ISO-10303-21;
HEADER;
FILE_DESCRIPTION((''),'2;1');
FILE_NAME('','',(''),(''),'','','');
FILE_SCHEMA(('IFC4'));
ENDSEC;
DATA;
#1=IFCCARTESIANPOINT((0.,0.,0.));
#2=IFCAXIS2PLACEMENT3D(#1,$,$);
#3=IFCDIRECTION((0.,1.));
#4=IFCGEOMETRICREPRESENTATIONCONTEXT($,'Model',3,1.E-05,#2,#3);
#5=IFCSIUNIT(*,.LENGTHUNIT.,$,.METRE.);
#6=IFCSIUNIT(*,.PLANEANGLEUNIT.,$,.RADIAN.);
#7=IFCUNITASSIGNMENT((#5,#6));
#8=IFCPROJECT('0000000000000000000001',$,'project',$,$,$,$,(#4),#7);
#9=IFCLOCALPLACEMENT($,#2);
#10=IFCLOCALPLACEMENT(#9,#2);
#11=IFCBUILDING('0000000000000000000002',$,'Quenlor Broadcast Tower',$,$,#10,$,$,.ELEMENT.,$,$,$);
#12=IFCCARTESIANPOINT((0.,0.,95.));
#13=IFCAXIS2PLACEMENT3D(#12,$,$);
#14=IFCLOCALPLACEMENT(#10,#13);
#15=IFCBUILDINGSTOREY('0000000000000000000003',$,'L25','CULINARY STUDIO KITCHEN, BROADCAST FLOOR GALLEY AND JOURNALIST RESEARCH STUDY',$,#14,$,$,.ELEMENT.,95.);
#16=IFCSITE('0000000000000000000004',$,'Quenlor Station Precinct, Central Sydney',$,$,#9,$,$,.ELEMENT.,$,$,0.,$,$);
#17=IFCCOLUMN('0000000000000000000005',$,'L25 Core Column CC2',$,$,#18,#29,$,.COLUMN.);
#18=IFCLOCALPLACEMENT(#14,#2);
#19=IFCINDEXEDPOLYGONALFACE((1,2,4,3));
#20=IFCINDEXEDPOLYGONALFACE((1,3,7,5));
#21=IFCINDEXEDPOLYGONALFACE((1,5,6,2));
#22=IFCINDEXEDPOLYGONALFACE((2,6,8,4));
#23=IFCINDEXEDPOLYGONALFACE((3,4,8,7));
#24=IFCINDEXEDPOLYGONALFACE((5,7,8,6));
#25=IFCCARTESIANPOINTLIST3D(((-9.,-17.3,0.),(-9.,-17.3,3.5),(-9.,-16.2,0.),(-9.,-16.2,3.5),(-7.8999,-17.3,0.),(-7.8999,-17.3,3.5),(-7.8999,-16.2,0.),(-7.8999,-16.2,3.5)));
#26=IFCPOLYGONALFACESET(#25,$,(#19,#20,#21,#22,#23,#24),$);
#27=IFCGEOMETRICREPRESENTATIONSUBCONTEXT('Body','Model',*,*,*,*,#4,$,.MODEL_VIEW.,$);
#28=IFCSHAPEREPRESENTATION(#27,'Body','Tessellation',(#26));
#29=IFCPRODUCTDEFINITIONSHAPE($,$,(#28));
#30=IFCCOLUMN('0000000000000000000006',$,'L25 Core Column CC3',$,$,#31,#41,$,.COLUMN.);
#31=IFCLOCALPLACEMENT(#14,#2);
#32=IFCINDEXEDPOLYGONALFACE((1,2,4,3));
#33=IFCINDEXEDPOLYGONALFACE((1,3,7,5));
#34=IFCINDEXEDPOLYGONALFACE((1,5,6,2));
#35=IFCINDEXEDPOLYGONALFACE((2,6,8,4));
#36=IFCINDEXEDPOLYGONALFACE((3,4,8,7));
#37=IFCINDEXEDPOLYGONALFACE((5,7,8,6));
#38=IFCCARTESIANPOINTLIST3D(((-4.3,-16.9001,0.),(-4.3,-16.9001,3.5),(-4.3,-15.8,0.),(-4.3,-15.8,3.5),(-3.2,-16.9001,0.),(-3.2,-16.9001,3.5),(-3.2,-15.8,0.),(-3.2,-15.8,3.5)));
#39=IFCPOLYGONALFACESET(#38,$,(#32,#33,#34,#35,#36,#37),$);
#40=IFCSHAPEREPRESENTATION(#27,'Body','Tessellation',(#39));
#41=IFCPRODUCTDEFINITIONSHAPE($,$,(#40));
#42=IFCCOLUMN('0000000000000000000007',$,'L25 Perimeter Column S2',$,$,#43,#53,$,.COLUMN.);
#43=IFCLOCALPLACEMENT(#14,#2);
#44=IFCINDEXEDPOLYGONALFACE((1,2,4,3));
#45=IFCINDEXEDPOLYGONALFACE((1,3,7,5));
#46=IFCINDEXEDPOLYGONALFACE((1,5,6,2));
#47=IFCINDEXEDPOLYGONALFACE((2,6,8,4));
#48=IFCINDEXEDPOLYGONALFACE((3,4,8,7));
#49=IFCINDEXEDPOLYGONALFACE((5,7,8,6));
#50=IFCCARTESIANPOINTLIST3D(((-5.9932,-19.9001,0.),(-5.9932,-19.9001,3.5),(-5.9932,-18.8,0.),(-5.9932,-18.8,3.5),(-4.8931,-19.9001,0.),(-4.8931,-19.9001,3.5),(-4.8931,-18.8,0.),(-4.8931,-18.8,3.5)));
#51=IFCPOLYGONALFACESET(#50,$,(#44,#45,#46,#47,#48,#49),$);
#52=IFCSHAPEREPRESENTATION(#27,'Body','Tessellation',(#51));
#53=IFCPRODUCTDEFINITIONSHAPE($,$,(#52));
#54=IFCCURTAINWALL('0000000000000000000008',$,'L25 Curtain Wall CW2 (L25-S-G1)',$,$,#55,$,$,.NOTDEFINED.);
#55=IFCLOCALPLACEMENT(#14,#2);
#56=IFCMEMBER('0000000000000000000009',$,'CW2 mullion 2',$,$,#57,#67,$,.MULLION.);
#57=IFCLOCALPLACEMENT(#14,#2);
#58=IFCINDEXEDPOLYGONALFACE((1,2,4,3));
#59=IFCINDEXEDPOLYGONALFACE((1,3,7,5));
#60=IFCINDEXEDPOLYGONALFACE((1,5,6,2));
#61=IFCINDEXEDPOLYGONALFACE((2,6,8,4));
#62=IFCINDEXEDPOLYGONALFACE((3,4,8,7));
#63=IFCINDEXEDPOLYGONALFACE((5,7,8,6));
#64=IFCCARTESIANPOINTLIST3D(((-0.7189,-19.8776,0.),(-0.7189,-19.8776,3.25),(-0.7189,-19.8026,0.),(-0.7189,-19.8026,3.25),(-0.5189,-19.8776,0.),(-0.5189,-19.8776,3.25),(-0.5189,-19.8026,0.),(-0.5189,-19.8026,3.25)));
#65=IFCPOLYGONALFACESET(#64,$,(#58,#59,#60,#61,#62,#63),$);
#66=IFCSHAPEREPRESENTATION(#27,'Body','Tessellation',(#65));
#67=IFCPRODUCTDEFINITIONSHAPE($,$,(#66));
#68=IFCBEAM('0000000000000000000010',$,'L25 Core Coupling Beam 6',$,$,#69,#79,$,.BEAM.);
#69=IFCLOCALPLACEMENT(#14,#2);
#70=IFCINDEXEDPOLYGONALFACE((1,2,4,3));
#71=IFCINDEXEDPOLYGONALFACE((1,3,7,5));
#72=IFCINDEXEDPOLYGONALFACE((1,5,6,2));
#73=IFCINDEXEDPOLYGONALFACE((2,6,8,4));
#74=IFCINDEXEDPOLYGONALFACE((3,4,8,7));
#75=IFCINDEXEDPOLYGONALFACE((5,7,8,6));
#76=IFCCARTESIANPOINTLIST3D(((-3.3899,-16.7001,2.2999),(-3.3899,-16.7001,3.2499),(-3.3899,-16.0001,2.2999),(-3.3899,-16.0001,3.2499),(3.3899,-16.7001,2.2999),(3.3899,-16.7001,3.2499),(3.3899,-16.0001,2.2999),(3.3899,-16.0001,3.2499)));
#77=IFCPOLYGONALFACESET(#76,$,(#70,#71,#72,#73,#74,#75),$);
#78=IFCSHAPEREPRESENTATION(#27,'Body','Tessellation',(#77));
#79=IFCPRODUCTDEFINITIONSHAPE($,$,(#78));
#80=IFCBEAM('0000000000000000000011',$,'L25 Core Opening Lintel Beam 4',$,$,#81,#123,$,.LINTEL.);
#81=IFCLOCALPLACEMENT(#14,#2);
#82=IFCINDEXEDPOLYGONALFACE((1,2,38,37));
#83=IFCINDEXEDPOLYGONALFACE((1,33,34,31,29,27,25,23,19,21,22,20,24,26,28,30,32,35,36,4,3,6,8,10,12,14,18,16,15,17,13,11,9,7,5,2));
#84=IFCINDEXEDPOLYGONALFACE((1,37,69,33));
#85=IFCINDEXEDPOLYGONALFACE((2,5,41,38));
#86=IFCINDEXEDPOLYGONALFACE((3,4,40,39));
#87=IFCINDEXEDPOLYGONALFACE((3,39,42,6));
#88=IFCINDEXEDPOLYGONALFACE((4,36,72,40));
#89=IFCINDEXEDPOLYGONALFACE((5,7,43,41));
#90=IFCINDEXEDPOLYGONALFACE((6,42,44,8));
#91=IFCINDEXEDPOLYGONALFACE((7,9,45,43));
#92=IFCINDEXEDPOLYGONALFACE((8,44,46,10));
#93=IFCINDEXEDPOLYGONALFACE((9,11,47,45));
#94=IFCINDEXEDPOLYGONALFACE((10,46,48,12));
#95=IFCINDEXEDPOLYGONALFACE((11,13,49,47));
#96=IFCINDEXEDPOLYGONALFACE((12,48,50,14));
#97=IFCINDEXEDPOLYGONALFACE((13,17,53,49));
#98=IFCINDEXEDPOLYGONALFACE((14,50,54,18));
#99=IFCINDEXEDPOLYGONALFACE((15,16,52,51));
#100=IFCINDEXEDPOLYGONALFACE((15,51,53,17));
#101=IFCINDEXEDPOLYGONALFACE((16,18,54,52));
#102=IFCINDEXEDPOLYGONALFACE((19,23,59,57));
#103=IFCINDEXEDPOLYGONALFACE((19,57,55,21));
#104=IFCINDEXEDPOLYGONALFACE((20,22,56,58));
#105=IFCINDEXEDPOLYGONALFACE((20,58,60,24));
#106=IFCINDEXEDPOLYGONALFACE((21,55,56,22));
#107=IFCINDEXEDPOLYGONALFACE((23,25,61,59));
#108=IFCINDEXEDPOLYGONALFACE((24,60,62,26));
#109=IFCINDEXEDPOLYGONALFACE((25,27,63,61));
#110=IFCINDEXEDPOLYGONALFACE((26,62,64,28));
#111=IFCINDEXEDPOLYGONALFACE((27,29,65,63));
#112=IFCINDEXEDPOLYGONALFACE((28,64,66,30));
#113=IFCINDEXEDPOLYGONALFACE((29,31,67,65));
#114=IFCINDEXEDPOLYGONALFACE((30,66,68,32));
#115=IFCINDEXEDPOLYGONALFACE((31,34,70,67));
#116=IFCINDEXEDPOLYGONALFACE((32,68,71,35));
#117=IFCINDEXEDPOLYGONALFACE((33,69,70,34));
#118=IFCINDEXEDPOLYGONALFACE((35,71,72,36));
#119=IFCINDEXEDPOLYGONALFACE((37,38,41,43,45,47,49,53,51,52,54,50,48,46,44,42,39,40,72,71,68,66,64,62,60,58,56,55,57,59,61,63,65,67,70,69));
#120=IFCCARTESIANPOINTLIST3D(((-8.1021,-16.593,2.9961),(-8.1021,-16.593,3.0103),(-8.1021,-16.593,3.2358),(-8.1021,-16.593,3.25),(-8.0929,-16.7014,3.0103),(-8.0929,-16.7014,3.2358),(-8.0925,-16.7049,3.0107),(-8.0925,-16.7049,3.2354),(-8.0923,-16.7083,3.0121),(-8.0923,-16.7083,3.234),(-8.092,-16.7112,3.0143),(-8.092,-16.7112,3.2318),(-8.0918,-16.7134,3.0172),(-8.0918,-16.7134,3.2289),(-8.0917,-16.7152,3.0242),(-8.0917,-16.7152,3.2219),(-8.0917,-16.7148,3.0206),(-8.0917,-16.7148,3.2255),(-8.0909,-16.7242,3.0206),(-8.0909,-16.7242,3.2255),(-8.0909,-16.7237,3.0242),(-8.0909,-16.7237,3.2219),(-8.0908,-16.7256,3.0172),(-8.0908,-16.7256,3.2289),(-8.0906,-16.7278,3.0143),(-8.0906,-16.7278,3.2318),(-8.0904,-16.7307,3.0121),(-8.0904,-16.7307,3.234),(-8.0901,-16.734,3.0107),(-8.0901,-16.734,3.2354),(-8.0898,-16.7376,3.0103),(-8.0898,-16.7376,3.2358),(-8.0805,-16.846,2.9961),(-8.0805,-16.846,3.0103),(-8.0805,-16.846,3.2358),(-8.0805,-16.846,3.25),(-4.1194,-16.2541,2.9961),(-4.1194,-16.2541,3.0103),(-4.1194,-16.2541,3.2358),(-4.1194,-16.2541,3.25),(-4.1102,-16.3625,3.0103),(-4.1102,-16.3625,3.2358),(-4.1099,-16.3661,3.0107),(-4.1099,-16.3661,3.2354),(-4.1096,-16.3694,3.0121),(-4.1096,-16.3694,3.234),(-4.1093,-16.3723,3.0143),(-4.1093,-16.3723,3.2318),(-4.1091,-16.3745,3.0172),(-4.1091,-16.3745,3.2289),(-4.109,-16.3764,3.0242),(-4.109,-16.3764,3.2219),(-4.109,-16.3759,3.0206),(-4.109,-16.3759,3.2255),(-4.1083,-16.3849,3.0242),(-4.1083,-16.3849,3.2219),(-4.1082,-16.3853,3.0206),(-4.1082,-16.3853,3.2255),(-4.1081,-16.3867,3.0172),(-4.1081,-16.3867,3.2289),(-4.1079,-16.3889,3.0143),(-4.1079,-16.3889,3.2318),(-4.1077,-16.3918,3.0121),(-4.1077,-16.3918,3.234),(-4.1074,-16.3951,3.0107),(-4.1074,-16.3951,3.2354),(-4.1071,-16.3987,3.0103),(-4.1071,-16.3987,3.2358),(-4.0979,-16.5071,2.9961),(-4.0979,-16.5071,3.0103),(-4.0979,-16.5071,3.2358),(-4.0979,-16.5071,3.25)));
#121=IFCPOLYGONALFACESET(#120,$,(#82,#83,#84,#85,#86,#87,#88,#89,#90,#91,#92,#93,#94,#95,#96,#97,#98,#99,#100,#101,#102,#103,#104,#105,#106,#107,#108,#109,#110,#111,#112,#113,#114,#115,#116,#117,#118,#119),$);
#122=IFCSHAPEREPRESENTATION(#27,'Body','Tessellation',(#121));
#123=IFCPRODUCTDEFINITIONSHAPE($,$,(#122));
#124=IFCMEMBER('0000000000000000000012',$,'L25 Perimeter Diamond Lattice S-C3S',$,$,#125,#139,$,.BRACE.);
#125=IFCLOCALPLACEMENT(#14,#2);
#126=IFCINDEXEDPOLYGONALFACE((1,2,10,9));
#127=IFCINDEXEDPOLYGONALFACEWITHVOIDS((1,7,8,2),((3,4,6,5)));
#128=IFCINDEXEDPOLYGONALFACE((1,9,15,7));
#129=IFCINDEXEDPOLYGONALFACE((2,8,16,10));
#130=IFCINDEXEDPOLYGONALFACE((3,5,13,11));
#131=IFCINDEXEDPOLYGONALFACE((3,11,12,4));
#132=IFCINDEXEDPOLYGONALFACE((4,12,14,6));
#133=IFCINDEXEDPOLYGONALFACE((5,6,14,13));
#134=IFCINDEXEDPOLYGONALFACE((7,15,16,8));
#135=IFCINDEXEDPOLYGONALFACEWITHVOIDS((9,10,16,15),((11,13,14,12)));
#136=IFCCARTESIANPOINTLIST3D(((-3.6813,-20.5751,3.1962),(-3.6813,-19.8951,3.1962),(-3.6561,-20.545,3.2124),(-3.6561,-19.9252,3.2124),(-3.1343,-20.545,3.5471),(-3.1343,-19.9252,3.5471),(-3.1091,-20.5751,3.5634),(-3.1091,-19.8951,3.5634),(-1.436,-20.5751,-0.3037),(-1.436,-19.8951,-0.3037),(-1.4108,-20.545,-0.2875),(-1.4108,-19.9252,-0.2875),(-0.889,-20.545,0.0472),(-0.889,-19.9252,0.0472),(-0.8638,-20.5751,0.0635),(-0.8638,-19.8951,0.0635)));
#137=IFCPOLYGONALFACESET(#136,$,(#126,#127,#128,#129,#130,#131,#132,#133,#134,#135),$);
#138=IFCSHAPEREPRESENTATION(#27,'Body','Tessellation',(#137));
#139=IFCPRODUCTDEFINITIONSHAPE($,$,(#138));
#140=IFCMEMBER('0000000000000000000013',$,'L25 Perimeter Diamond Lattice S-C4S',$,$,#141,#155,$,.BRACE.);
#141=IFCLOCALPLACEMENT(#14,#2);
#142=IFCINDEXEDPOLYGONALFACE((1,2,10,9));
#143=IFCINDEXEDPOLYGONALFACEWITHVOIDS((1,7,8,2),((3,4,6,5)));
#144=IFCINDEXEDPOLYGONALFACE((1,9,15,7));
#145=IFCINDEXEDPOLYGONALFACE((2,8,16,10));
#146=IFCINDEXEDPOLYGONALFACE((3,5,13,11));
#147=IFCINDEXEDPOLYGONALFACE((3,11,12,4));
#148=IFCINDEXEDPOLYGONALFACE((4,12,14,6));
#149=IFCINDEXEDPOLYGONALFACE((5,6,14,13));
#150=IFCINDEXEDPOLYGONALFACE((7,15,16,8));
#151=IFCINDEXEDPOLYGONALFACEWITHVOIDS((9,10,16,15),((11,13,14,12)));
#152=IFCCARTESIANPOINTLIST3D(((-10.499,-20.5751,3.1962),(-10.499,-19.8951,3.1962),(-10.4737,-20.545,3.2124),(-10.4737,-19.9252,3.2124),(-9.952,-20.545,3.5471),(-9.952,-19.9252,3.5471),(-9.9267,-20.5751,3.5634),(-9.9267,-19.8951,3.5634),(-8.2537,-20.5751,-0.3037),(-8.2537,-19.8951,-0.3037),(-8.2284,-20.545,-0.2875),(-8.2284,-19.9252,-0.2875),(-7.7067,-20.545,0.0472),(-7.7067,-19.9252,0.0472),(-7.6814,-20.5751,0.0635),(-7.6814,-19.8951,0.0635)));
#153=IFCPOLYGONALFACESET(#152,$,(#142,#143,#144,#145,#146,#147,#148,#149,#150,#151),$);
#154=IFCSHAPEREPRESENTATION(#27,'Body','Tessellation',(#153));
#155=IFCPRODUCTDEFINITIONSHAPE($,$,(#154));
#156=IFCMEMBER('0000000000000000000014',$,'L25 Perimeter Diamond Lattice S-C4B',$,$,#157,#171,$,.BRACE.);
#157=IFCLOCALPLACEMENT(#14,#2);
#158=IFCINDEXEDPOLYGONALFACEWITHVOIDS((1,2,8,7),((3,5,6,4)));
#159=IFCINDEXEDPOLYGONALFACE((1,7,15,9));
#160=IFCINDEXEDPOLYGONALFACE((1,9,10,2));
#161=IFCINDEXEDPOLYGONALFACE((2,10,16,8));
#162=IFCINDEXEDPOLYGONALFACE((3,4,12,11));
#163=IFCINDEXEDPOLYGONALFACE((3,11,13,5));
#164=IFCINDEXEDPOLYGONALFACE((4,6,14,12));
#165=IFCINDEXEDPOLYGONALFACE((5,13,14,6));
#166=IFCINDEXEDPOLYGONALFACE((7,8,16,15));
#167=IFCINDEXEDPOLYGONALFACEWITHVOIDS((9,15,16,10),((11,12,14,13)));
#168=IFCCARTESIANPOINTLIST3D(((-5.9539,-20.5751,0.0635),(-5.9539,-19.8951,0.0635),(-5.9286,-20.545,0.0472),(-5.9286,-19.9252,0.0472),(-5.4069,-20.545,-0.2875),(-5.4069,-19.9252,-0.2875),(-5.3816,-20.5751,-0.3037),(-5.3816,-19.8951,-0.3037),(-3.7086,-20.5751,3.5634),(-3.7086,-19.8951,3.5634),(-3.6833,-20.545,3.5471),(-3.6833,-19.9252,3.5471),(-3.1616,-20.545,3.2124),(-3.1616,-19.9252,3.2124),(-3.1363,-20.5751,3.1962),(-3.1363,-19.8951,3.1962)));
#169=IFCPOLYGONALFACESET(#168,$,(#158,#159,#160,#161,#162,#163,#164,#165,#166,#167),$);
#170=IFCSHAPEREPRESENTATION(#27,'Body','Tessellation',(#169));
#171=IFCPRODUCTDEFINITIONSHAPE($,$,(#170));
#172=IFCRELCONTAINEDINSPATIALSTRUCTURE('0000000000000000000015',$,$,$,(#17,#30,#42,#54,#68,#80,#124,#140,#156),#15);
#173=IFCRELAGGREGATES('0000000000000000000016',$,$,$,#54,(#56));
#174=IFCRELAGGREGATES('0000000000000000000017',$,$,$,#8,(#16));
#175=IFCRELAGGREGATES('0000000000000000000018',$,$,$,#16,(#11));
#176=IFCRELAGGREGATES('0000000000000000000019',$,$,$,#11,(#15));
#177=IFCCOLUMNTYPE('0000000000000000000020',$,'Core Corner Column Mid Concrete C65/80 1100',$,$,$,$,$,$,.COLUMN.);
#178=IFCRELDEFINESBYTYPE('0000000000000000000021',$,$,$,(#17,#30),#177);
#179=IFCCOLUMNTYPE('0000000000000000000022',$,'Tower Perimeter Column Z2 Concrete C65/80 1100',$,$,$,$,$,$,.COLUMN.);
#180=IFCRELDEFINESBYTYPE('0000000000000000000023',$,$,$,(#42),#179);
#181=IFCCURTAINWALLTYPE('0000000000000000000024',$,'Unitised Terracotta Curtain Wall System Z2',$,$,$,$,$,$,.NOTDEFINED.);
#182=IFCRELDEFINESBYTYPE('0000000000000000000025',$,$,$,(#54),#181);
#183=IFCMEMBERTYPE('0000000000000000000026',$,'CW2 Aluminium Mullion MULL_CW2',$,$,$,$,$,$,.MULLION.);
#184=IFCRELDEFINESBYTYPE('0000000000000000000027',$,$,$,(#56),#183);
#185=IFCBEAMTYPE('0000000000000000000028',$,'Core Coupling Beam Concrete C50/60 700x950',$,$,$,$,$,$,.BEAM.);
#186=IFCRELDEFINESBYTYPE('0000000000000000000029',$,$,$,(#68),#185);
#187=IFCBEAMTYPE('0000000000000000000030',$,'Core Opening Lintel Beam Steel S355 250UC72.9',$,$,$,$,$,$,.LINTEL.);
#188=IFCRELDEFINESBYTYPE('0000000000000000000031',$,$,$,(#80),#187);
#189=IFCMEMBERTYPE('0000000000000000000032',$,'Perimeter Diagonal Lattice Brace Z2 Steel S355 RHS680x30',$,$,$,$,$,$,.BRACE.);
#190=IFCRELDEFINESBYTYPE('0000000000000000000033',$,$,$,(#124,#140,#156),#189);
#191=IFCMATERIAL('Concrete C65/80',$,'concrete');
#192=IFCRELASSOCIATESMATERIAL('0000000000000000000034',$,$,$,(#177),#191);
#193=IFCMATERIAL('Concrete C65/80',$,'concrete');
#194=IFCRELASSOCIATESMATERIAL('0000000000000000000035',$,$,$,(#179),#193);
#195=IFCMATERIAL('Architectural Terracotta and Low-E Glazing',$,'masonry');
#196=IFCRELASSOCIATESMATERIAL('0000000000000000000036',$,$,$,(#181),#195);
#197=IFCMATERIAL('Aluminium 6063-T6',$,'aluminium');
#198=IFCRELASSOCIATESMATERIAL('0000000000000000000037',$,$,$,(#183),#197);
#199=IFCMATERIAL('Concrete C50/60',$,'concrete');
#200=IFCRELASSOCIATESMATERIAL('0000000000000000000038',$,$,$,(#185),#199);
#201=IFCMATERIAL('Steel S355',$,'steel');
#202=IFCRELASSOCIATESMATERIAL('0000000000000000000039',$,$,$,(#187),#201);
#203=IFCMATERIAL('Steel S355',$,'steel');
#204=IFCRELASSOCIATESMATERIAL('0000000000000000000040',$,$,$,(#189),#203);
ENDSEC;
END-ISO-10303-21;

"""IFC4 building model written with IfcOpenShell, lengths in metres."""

from ifc_helpers import new_model, si_unit, direction, frame, origin, origin_2d, place, context, subcontext, project, spatial, rectangle, hollow_rectangle, i_section, extrude, material, material_profile, profile_set, type_object, element, aggregate, save


model = new_model("IFC4")

# Units and contexts
model_context = context("Model", 3, precision=1e-05, world=origin(), true_north=direction((0.0, 1.0)))
body_context = subcontext(model_context, "Body", "Model", "MODEL_VIEW")
ifc_project = project(units=[si_unit("LENGTHUNIT", "METRE"), si_unit("PLANEANGLEUNIT", "RADIAN")], contexts=[model_context])

# Site, building, storey
site_placement = place(None, origin())
site = spatial("IfcSite", under=ifc_project, at=site_placement, Name="Quenlor Station Precinct, Central Sydney", CompositionType="ELEMENT", RefElevation=0.0)
building_placement = place(site_placement, origin())
building = spatial("IfcBuilding", under=site, at=building_placement, Name="Quenlor Broadcast Tower", CompositionType="ELEMENT")
storey_placement = place(building_placement, frame((0.0, 0.0, 95.0)))
storey = spatial("IfcBuildingStorey", under=building, at=storey_placement, Name="L25", Description="CULINARY STUDIO KITCHEN, BROADCAST FLOOR GALLEY AND JOURNALIST RESEARCH STUDY", CompositionType="ELEMENT", Elevation=95.0)

# Columns
ifc_material_1 = material(Name="Concrete C65/80", Category="concrete")
ifc_material_profile_1 = material_profile(ifc_material_1, rectangle(XDim=1.1001, YDim=1.1001, at=origin_2d()))
ifc_profile_set_1 = profile_set([ifc_material_profile_1], Name="Concrete C65/80 RC1100x1100")
column_type_1 = type_object("IfcColumnType", Name="Core Corner Column Mid Concrete C65/80 1100", PredefinedType="COLUMN", material=ifc_profile_set_1)
for number, where, z_axis, x_axis, name in (
    (1, (-8.45, -16.75, 0.0), (0.0, 0.0, 1.0), (1.0, 0.0, 0.0), "L25 Core Column CC2"),
    (2, (-3.75, -16.3501, 0.0), (0.0, 0.0, 1.0), (1.0, 0.0, 0.0), "L25 Core Column CC3"),
):
    element("IfcColumn", number, at=place(storey_placement, frame(where, z_axis=z_axis, x_axis=x_axis)), inside=storey, type_object=column_type_1, Name=name, PredefinedType="COLUMN", context=body_context, shape_type="SweptSolid", body=[
        extrude(rectangle(XDim=1.1001, YDim=1.1001, at=origin_2d()), origin(), (0.0, 0.0, 1.0), 3.5),
    ])
ifc_material_2 = material(Name="Concrete C65/80", Category="concrete")
ifc_material_profile_2 = material_profile(ifc_material_2, rectangle(XDim=1.1001, YDim=1.1001, at=origin_2d()))
ifc_profile_set_2 = profile_set([ifc_material_profile_2], Name="Concrete C65/80 RC1100x1100")
column_type_2 = type_object("IfcColumnType", Name="Tower Perimeter Column Z2 Concrete C65/80 1100", PredefinedType="COLUMN", material=ifc_profile_set_2)
column_placement = place(storey_placement, frame((-5.4431, -19.3501, 0.0), z_axis=(0.0, 0.0, 1.0), x_axis=(0.0, 1.0, 0.0)))
element("IfcColumn", 3, at=column_placement, inside=storey, type_object=column_type_2, Name="L25 Perimeter Column S2", PredefinedType="COLUMN", context=body_context, shape_type="SweptSolid", body=[
    extrude(rectangle(XDim=1.1001, YDim=1.1001, at=origin_2d()), origin(), (0.0, 0.0, 1.0), 3.5),
])

# Curtain wall, member
ifc_material_3 = material(Name="Architectural Terracotta and Low-E Glazing", Category="masonry")
curtain_wall_type = type_object("IfcCurtainWallType", Name="Unitised Terracotta Curtain Wall System Z2", PredefinedType="NOTDEFINED", material=ifc_material_3)
curtain_wall_placement = place(storey_placement, origin())
curtain_wall = element("IfcCurtainWall", 4, at=curtain_wall_placement, inside=storey, type_object=curtain_wall_type, Name="L25 Curtain Wall CW2 (L25-S-G1)", PredefinedType="NOTDEFINED")
ifc_material_4 = material(Name="Aluminium 6063-T6", Category="aluminium")
ifc_material_profile_3 = material_profile(ifc_material_4, rectangle(XDim=0.075, YDim=0.2, at=origin_2d()))
ifc_profile_set_3 = profile_set([ifc_material_profile_3], Name="Aluminium 6063-T6 MULL75x200")
member_type_1 = type_object("IfcMemberType", Name="CW2 Aluminium Mullion MULL_CW2", PredefinedType="MULLION", material=ifc_profile_set_3)
member_placement = place(storey_placement, frame((-0.6189, -19.8401, 0.0), z_axis=(0.0, 0.0, 1.0), x_axis=(0.0, -1.0, 0.0)))
member = element("IfcMember", 5, at=member_placement, type_object=member_type_1, Name="CW2 mullion 2", PredefinedType="MULLION", context=body_context, shape_type="SweptSolid", body=[
    extrude(rectangle(XDim=0.075, YDim=0.2, at=origin_2d()), origin(), (0.0, 0.0, 1.0), 3.25),
])

# Beams
ifc_material_5 = material(Name="Concrete C50/60", Category="concrete")
ifc_material_profile_4 = material_profile(ifc_material_5, rectangle(XDim=0.7, YDim=0.95, at=origin_2d()))
ifc_profile_set_4 = profile_set([ifc_material_profile_4], Name="Concrete C50/60 RCB700x950")
beam_type_1 = type_object("IfcBeamType", Name="Core Coupling Beam Concrete C50/60 700x950", PredefinedType="BEAM", material=ifc_profile_set_4)
beam_1_placement = place(storey_placement, frame((-3.3899, -16.3501, 2.7749), z_axis=(1.0, 0.0, 0.0), x_axis=(0.0, 1.0, 0.0)))
element("IfcBeam", 6, at=beam_1_placement, inside=storey, type_object=beam_type_1, Name="L25 Core Coupling Beam 6", PredefinedType="BEAM", context=body_context, shape_type="SweptSolid", body=[
    extrude(rectangle(XDim=0.7, YDim=0.95, at=origin_2d()), origin(), (0.0, 0.0, 1.0), 6.7798),
])
ifc_material_6 = material(Name="Steel S355", Category="steel")
ifc_material_profile_5 = material_profile(ifc_material_6, i_section(OverallWidth=0.2539, OverallDepth=0.2539, WebThickness=0.0085, FlangeThickness=0.0142, FilletRadius=0.0139, at=origin_2d()))
ifc_profile_set_5 = profile_set([ifc_material_profile_5], Name="Steel S355 250UC72.9")
beam_type_2 = type_object("IfcBeamType", Name="Core Opening Lintel Beam Steel S355 250UC72.9", PredefinedType="LINTEL", material=ifc_profile_set_5)
beam_2_placement = place(storey_placement, frame((-8.0913, -16.7195, 3.123), z_axis=(0.9964, 0.084779, 0.0), x_axis=(-0.084779, 0.9964, 0.0)))
element("IfcBeam", 7, at=beam_2_placement, inside=storey, type_object=beam_type_2, Name="L25 Core Opening Lintel Beam 4", PredefinedType="LINTEL", context=body_context, shape_type="SweptSolid", body=[
    extrude(i_section(OverallWidth=0.2539, OverallDepth=0.2539, WebThickness=0.0085, FlangeThickness=0.0142, FilletRadius=0.0139, at=origin_2d()), origin(), (0.0, 0.0, 1.0), 3.9971),
])

# Members
ifc_material_7 = material(Name="Steel S355", Category="steel")
ifc_material_profile_6 = material_profile(ifc_material_7, hollow_rectangle(XDim=0.6799, YDim=0.6799, WallThickness=0.03, at=origin_2d()))
ifc_profile_set_6 = profile_set([ifc_material_profile_6], Name="Steel S355 RHS680x680x30")
member_type_2 = type_object("IfcMemberType", Name="Perimeter Diagonal Lattice Brace Z2 Steel S355 RHS680x30", PredefinedType="BRACE", material=ifc_profile_set_6)
for number, where, z_axis, x_axis, name in (
    (8, (-1.1499, -20.2351, -0.1201), (-0.539968, 0.0, 0.841686), (0.0, -1.0, 0.0), "L25 Perimeter Diamond Lattice S-C3S"),
    (9, (-7.9675, -20.2351, -0.1201), (-0.539968, 0.0, 0.841686), (0.0, -1.0, 0.0), "L25 Perimeter Diamond Lattice S-C4S"),
    (10, (-5.6677, -20.2351, -0.1201), (0.539968, 0.0, 0.841686), (0.0, 1.0, 0.0), "L25 Perimeter Diamond Lattice S-C4B"),
):
    element("IfcMember", number, at=place(storey_placement, frame(where, z_axis=z_axis, x_axis=x_axis)), inside=storey, type_object=member_type_2, Name=name, PredefinedType="BRACE", context=body_context, shape_type="SweptSolid", body=[
        extrude(hollow_rectangle(XDim=0.6799, YDim=0.6799, WallThickness=0.03, at=origin_2d()), origin(), (0.0, 0.0, 1.0), 4.1582),
    ])

aggregate(curtain_wall, [member])

save(model, "model.ifc")
